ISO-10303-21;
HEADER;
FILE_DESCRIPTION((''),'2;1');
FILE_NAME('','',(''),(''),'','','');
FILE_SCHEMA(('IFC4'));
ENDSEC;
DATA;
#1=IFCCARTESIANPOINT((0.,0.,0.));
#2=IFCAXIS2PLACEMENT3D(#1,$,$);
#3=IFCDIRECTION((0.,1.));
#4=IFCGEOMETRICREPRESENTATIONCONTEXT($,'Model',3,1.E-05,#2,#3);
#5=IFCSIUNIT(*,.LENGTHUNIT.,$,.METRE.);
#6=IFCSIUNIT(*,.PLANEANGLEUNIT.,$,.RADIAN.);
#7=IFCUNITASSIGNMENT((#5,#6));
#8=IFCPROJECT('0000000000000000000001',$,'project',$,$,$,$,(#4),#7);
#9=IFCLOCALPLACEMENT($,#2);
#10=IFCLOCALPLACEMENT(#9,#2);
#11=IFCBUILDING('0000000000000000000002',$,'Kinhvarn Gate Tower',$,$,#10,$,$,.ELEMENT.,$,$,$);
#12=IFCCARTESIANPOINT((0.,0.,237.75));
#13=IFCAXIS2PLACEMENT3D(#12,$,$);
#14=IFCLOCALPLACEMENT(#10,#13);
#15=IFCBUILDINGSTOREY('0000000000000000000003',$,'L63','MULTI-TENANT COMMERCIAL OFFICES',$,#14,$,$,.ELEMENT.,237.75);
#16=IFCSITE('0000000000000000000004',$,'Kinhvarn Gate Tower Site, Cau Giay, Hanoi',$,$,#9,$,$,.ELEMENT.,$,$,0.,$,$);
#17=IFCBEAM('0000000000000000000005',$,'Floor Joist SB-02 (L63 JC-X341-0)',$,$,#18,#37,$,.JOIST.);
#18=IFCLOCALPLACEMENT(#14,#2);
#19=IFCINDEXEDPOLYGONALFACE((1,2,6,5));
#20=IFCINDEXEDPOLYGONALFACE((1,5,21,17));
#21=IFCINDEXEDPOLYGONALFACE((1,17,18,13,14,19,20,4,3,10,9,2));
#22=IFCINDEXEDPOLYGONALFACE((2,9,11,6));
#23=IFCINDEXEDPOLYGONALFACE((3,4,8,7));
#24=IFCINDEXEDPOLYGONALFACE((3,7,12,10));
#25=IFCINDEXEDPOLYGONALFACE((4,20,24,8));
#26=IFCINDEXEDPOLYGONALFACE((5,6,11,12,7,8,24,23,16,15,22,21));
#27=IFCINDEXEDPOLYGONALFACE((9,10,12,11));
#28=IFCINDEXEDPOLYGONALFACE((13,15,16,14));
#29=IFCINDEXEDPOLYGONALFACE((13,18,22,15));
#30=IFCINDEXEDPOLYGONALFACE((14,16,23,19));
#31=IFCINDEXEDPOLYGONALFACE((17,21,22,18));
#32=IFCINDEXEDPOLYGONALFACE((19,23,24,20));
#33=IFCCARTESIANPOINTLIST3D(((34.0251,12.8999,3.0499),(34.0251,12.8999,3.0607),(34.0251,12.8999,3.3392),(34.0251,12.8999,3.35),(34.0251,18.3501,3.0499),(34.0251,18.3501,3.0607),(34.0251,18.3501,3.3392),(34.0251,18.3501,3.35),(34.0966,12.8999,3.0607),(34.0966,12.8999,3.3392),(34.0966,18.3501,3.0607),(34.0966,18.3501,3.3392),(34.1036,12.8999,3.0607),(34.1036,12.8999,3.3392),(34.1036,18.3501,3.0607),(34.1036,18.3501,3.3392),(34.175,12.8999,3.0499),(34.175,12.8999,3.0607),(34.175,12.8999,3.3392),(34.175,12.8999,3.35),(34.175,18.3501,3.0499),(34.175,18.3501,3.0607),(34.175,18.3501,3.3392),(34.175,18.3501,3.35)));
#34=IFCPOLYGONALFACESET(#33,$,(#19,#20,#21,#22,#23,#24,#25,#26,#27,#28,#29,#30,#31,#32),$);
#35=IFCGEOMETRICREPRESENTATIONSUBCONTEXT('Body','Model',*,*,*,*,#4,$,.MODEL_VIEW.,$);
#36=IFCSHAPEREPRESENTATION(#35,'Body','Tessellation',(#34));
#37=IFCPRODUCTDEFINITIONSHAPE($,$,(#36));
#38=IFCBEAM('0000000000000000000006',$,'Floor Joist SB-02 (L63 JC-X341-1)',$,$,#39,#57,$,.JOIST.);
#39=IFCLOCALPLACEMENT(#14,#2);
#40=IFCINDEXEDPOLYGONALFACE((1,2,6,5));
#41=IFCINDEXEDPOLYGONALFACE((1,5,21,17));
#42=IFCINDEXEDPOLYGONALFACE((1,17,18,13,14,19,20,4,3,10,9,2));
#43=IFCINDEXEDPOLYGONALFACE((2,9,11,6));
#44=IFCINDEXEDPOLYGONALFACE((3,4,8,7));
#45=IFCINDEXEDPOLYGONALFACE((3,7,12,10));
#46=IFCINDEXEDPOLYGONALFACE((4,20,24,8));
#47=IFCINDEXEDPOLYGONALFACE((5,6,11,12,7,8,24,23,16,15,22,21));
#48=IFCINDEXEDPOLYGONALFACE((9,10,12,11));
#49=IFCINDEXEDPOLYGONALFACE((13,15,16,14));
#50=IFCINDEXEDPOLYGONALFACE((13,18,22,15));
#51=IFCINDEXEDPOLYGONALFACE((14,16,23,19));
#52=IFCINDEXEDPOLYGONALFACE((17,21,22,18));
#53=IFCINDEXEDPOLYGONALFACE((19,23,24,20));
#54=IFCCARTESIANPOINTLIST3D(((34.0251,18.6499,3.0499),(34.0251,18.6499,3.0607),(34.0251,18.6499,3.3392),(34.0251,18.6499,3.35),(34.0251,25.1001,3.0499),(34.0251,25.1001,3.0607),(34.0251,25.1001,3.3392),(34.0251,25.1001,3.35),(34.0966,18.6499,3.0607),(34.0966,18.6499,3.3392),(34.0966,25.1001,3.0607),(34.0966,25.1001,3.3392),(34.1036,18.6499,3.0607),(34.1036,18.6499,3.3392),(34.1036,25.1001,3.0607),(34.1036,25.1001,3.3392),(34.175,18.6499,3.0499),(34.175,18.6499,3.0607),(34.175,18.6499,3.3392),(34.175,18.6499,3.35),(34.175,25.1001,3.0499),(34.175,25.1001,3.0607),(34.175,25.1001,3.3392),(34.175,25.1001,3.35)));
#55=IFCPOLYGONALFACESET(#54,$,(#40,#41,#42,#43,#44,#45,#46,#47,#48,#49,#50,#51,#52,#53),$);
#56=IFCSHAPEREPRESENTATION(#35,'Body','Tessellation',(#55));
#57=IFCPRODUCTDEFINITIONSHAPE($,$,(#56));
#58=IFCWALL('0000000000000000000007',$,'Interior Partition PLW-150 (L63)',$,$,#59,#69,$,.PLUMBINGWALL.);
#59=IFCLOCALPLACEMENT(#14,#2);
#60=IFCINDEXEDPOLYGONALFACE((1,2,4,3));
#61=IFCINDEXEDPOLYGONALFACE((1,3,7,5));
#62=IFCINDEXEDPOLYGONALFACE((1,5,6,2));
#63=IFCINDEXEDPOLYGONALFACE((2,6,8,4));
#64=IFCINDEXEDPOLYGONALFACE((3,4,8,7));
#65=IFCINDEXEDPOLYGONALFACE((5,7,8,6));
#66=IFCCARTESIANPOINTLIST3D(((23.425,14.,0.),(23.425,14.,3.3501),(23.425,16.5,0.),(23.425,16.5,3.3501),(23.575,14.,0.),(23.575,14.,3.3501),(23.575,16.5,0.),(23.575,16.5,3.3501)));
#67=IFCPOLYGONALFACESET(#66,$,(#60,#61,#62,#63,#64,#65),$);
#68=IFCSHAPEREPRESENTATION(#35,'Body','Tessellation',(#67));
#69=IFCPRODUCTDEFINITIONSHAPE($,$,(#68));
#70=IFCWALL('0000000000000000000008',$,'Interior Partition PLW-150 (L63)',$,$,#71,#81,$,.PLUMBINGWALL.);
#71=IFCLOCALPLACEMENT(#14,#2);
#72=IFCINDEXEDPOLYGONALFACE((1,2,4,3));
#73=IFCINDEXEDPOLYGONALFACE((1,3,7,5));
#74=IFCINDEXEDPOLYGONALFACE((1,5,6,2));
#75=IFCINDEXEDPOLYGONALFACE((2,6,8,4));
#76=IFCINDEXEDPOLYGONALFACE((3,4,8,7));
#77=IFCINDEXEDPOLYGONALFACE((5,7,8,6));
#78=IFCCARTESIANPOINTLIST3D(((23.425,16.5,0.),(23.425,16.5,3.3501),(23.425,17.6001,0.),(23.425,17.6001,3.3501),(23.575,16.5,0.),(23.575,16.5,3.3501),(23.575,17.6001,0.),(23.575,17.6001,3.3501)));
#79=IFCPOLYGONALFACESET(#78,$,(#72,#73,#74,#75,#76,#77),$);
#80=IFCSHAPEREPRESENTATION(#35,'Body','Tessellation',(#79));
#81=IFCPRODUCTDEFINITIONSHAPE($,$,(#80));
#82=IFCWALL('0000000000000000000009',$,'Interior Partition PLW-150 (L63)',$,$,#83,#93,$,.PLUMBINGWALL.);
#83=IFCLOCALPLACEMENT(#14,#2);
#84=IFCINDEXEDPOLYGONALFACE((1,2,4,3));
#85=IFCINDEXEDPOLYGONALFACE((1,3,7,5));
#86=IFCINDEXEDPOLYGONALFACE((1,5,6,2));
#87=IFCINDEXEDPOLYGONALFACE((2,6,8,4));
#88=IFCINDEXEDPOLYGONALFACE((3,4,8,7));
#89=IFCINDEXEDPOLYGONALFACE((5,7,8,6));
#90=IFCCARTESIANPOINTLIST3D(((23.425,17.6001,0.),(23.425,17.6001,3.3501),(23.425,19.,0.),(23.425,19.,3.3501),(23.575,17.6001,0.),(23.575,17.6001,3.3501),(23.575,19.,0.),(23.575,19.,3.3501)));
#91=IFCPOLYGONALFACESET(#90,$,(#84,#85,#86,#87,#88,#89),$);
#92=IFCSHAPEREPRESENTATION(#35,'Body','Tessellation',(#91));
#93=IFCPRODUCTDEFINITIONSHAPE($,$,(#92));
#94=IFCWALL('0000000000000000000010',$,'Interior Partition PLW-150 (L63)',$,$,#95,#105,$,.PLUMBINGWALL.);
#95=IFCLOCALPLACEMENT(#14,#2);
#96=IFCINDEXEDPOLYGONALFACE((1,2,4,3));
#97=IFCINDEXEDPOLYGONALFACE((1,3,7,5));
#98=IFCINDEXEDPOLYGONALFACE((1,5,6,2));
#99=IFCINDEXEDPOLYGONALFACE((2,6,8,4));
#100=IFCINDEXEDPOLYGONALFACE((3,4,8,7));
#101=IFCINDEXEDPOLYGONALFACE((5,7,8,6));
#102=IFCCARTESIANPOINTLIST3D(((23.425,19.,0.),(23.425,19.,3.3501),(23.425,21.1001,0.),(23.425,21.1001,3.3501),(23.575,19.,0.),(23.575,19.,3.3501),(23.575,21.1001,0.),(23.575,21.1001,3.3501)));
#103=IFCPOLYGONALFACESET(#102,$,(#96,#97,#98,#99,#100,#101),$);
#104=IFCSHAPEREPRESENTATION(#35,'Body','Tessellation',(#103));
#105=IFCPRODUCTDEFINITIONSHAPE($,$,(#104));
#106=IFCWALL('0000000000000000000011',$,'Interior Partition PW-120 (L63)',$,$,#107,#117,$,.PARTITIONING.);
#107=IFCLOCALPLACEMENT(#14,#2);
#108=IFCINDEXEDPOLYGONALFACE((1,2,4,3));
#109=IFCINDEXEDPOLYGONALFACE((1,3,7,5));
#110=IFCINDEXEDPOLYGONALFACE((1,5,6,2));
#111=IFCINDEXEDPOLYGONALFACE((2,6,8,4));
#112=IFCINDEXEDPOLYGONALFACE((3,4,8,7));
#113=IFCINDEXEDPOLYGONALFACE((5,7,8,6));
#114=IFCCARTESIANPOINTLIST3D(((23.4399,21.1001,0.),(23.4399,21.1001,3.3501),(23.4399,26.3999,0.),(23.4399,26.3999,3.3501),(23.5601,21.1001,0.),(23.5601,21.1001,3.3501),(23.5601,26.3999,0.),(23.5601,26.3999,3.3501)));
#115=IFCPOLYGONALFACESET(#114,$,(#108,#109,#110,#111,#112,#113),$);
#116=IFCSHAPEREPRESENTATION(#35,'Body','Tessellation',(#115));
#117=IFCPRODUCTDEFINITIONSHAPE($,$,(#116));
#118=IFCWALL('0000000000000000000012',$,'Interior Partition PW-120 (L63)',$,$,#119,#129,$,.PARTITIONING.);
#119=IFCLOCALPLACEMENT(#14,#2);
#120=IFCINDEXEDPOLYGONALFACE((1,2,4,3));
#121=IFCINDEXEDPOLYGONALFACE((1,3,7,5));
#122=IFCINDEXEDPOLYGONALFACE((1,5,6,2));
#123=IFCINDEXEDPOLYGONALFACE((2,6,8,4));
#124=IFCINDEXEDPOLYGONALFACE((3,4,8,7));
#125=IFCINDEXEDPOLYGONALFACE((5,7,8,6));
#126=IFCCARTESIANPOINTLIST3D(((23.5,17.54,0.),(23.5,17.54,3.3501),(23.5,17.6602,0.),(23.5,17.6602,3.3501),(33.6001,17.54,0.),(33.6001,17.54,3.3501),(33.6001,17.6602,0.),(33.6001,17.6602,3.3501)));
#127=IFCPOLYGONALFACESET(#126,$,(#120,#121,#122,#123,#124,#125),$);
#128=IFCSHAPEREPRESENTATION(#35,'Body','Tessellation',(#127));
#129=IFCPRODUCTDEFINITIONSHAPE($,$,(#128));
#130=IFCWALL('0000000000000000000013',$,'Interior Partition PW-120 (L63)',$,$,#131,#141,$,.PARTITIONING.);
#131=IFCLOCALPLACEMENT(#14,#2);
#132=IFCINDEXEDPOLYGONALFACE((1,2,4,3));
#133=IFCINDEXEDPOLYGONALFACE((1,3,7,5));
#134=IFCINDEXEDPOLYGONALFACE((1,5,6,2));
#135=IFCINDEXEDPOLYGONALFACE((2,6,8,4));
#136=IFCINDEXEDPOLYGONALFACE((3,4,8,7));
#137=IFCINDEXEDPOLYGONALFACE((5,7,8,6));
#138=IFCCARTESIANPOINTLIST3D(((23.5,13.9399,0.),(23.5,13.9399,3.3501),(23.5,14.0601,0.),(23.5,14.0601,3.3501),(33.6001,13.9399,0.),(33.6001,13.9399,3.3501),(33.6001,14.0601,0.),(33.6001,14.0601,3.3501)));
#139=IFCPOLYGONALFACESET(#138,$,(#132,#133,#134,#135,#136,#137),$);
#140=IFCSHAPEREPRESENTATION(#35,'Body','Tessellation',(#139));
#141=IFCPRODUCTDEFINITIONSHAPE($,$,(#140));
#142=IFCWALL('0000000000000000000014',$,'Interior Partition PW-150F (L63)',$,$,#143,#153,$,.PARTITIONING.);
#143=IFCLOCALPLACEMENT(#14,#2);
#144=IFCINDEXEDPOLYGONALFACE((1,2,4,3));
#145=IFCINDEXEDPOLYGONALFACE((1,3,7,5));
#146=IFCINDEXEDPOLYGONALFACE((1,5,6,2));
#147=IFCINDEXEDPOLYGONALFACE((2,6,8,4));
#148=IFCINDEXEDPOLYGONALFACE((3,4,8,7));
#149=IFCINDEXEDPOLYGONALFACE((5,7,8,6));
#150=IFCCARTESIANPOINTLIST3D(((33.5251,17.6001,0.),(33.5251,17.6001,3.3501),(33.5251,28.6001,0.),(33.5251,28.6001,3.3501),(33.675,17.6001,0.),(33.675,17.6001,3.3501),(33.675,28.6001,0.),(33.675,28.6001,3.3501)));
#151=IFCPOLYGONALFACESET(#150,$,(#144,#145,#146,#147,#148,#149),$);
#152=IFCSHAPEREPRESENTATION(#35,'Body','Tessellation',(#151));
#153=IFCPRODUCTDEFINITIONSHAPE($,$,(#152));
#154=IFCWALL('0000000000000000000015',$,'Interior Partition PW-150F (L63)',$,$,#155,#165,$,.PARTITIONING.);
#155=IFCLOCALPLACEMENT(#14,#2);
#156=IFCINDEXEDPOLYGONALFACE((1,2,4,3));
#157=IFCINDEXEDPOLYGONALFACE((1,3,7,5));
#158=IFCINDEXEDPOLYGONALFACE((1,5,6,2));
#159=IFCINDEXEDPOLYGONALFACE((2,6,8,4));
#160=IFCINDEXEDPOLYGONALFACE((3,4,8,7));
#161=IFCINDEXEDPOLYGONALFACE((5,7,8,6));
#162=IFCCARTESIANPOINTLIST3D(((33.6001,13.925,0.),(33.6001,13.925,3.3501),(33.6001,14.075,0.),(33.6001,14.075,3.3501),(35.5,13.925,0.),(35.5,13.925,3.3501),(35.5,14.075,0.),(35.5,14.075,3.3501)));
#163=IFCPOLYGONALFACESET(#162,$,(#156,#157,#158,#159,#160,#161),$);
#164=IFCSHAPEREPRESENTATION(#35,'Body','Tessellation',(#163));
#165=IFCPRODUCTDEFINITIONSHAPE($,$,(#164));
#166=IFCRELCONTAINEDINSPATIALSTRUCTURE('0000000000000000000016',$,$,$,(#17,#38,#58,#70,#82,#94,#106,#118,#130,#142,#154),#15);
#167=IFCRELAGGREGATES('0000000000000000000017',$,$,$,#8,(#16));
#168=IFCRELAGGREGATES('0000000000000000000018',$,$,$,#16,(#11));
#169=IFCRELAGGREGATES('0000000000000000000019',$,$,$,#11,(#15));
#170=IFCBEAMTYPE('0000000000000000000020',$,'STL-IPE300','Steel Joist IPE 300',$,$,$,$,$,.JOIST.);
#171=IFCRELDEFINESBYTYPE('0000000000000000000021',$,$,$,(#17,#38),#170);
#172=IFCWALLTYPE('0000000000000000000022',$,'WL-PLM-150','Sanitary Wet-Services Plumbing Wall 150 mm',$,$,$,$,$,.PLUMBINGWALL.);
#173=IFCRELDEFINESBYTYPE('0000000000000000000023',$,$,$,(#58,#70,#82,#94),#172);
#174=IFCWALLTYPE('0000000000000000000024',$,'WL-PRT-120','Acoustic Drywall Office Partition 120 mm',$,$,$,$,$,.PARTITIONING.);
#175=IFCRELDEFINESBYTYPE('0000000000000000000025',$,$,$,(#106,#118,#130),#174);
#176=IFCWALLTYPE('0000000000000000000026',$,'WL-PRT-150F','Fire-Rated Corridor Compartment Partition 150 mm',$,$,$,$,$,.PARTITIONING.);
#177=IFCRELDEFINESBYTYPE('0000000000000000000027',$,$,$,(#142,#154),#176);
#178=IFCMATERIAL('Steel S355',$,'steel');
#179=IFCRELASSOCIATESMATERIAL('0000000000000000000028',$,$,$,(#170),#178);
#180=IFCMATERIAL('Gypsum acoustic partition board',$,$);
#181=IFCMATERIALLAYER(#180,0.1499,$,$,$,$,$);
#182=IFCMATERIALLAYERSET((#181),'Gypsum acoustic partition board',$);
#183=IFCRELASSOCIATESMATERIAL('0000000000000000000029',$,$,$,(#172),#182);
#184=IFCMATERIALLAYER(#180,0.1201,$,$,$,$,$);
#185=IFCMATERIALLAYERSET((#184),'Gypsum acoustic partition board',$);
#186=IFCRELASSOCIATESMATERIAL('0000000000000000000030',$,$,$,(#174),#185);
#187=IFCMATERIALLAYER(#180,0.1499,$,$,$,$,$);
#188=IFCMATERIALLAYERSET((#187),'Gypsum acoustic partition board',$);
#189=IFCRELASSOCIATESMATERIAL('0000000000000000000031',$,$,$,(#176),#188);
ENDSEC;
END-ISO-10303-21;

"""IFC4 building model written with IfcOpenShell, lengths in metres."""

from ifc_helpers import new_model, si_unit, direction, frame, frame_2d, origin, origin_2d, place, context, subcontext, project, spatial, rectangle, i_section, extrude, material, layer, layer_set, material_profile, profile_set, type_object, element, save


model = new_model("IFC4")

# Units and contexts
model_context = context("Model", 3, precision=1e-05, world=origin(), true_north=direction((0.0, 1.0)))
body_context = subcontext(model_context, "Body", "Model", "MODEL_VIEW")
ifc_project = project(units=[si_unit("LENGTHUNIT", "METRE"), si_unit("PLANEANGLEUNIT", "RADIAN")], contexts=[model_context])

# Site, building, storey
site_placement = place(None, origin())
site = spatial("IfcSite", under=ifc_project, at=site_placement, Name="Kinhvarn Gate Tower Site, Cau Giay, Hanoi", CompositionType="ELEMENT", RefElevation=0.0)
building_placement = place(site_placement, origin())
building = spatial("IfcBuilding", under=site, at=building_placement, Name="Kinhvarn Gate Tower", CompositionType="ELEMENT")
storey_placement = place(building_placement, frame((0.0, 0.0, 237.75)))
storey = spatial("IfcBuildingStorey", under=building, at=storey_placement, Name="L63", Description="MULTI-TENANT COMMERCIAL OFFICES", CompositionType="ELEMENT", Elevation=237.75)

# Beams
ifc_material_1 = material(Name="Steel S355", Category="steel")
ifc_material_profile = material_profile(ifc_material_1, i_section(OverallWidth=0.1499, OverallDepth=0.3, WebThickness=0.0071, FlangeThickness=0.0107, at=origin_2d()), Name="IPE 300")
ifc_profile_set = profile_set([ifc_material_profile], Name="Steel S355")
beam_type = type_object("IfcBeamType", Name="STL-IPE300", Description="Steel Joist IPE 300", PredefinedType="JOIST", material=ifc_profile_set)
beam_1_placement = place(storey_placement, frame((34.1001, 12.8999, 3.2), z_axis=(0.0, 1.0, 0.0), x_axis=(-1.0, 0.0, 0.0)))
element("IfcBeam", 1, at=beam_1_placement, inside=storey, type_object=beam_type, Name="Floor Joist SB-02 (L63 JC-X341-0)", PredefinedType="JOIST", context=body_context, shape_type="SweptSolid", body=[
    extrude(i_section(OverallWidth=0.1499, OverallDepth=0.3, WebThickness=0.0071, FlangeThickness=0.0107, at=origin_2d()), origin(), (0.0, 0.0, 1.0), 5.4502),
])
beam_2_placement = place(storey_placement, frame((34.1001, 18.6499, 3.2), z_axis=(0.0, 1.0, 0.0), x_axis=(-1.0, 0.0, 0.0)))
element("IfcBeam", 2, at=beam_2_placement, inside=storey, type_object=beam_type, Name="Floor Joist SB-02 (L63 JC-X341-1)", PredefinedType="JOIST", context=body_context, shape_type="SweptSolid", body=[
    extrude(i_section(OverallWidth=0.1499, OverallDepth=0.3, WebThickness=0.0071, FlangeThickness=0.0107, at=origin_2d()), origin(), (0.0, 0.0, 1.0), 6.4502),
])

# Walls
ifc_material_2 = material(Name="Gypsum acoustic partition board")
ifc_layer_1 = layer(ifc_material_2, 0.1499)
ifc_layer_set_1 = layer_set([ifc_layer_1], Name="Gypsum acoustic partition board")
wall_type_1 = type_object("IfcWallType", Name="WL-PLM-150", Description="Sanitary Wet-Services Plumbing Wall 150 mm", PredefinedType="PLUMBINGWALL", material=ifc_layer_set_1)
wall_1_placement = place(storey_placement, frame((23.5, 14.0, 0.0), z_axis=(0.0, 0.0, 1.0), x_axis=(0.0, 1.0, 0.0)))
element("IfcWall", 3, at=wall_1_placement, inside=storey, type_object=wall_type_1, Name="Interior Partition PLW-150 (L63)", PredefinedType="PLUMBINGWALL", context=body_context, shape_type="SweptSolid", body=[
    extrude(rectangle(XDim=2.5, YDim=0.1499, at=frame_2d((1.25, 0.0))), origin(), (0.0, 0.0, 1.0), 3.3501),
])
wall_2_placement = place(storey_placement, frame((23.5, 16.5, 0.0), z_axis=(0.0, 0.0, 1.0), x_axis=(0.0, 1.0, 0.0)))
element("IfcWall", 4, at=wall_2_placement, inside=storey, type_object=wall_type_1, Name="Interior Partition PLW-150 (L63)", PredefinedType="PLUMBINGWALL", context=body_context, shape_type="SweptSolid", body=[
    extrude(rectangle(XDim=1.1001, YDim=0.1499, at=frame_2d((0.55, 0.0))), origin(), (0.0, 0.0, 1.0), 3.3501),
])
wall_3_placement = place(storey_placement, frame((23.5, 17.6001, 0.0), z_axis=(0.0, 0.0, 1.0), x_axis=(0.0, 1.0, 0.0)))
element("IfcWall", 5, at=wall_3_placement, inside=storey, type_object=wall_type_1, Name="Interior Partition PLW-150 (L63)", PredefinedType="PLUMBINGWALL", context=body_context, shape_type="SweptSolid", body=[
    extrude(rectangle(XDim=1.3999, YDim=0.1499, at=frame_2d((0.7, 0.0))), origin(), (0.0, 0.0, 1.0), 3.3501),
])
wall_4_placement = place(storey_placement, frame((23.5, 19.0, 0.0), z_axis=(0.0, 0.0, 1.0), x_axis=(0.0, 1.0, 0.0)))
element("IfcWall", 6, at=wall_4_placement, inside=storey, type_object=wall_type_1, Name="Interior Partition PLW-150 (L63)", PredefinedType="PLUMBINGWALL", context=body_context, shape_type="SweptSolid", body=[
    extrude(rectangle(XDim=2.1001, YDim=0.1499, at=frame_2d((1.05, 0.0))), origin(), (0.0, 0.0, 1.0), 3.3501),
])
ifc_layer_2 = layer(ifc_material_2, 0.1201)
ifc_layer_set_2 = layer_set([ifc_layer_2], Name="Gypsum acoustic partition board")
wall_type_2 = type_object("IfcWallType", Name="WL-PRT-120", Description="Acoustic Drywall Office Partition 120 mm", PredefinedType="PARTITIONING", material=ifc_layer_set_2)
wall_5_placement = place(storey_placement, frame((23.5, 21.1001, 0.0), z_axis=(0.0, 0.0, 1.0), x_axis=(0.0, 1.0, 0.0)))
element("IfcWall", 7, at=wall_5_placement, inside=storey, type_object=wall_type_2, Name="Interior Partition PW-120 (L63)", PredefinedType="PARTITIONING", context=body_context, shape_type="SweptSolid", body=[
    extrude(rectangle(XDim=5.2998, YDim=0.1201, at=frame_2d((2.6499, 0.0))), origin(), (0.0, 0.0, 1.0), 3.3501),
])
for number, where, z_axis, x_axis, name in (
    (8, (23.5, 17.6001, 0.0), (0.0, 0.0, 1.0), (1.0, 0.0, 0.0), "Interior Partition PW-120 (L63)"),
    (9, (23.5, 14.0, 0.0), (0.0, 0.0, 1.0), (1.0, 0.0, 0.0), "Interior Partition PW-120 (L63)"),
):
    element("IfcWall", number, at=place(storey_placement, frame(where, z_axis=z_axis, x_axis=x_axis)), inside=storey, type_object=wall_type_2, Name=name, PredefinedType="PARTITIONING", context=body_context, shape_type="SweptSolid", body=[
        extrude(rectangle(XDim=10.1001, YDim=0.1201, at=frame_2d((5.05, 0.0))), origin(), (0.0, 0.0, 1.0), 3.3501),
    ])

# Shared definitions
ifc_layer_3 = layer(ifc_material_2, 0.1499)
ifc_layer_set_3 = layer_set([ifc_layer_3], Name="Gypsum acoustic partition board")
wall_type_3 = type_object("IfcWallType", Name="WL-PRT-150F", Description="Fire-Rated Corridor Compartment Partition 150 mm", PredefinedType="PARTITIONING", material=ifc_layer_set_3)

# Walls
wall_6_placement = place(storey_placement, frame((33.6001, 17.6001, 0.0), z_axis=(0.0, 0.0, 1.0), x_axis=(0.0, 1.0, 0.0)))
element("IfcWall", 10, at=wall_6_placement, inside=storey, type_object=wall_type_3, Name="Interior Partition PW-150F (L63)", PredefinedType="PARTITIONING", context=body_context, shape_type="SweptSolid", body=[
    extrude(rectangle(XDim=11.0, YDim=0.1499, at=frame_2d((5.5, 0.0))), origin(), (0.0, 0.0, 1.0), 3.3501),
])
wall_7_placement = place(storey_placement, frame((33.6001, 14.0, 0.0), z_axis=(0.0, 0.0, 1.0), x_axis=(1.0, 0.0, 0.0)))
element("IfcWall", 11, at=wall_7_placement, inside=storey, type_object=wall_type_3, Name="Interior Partition PW-150F (L63)", PredefinedType="PARTITIONING", context=body_context, shape_type="SweptSolid", body=[
    extrude(rectangle(XDim=1.8999, YDim=0.1499, at=frame_2d((0.95, 0.0))), origin(), (0.0, 0.0, 1.0), 3.3501),
])

save(model, "model.ifc")
